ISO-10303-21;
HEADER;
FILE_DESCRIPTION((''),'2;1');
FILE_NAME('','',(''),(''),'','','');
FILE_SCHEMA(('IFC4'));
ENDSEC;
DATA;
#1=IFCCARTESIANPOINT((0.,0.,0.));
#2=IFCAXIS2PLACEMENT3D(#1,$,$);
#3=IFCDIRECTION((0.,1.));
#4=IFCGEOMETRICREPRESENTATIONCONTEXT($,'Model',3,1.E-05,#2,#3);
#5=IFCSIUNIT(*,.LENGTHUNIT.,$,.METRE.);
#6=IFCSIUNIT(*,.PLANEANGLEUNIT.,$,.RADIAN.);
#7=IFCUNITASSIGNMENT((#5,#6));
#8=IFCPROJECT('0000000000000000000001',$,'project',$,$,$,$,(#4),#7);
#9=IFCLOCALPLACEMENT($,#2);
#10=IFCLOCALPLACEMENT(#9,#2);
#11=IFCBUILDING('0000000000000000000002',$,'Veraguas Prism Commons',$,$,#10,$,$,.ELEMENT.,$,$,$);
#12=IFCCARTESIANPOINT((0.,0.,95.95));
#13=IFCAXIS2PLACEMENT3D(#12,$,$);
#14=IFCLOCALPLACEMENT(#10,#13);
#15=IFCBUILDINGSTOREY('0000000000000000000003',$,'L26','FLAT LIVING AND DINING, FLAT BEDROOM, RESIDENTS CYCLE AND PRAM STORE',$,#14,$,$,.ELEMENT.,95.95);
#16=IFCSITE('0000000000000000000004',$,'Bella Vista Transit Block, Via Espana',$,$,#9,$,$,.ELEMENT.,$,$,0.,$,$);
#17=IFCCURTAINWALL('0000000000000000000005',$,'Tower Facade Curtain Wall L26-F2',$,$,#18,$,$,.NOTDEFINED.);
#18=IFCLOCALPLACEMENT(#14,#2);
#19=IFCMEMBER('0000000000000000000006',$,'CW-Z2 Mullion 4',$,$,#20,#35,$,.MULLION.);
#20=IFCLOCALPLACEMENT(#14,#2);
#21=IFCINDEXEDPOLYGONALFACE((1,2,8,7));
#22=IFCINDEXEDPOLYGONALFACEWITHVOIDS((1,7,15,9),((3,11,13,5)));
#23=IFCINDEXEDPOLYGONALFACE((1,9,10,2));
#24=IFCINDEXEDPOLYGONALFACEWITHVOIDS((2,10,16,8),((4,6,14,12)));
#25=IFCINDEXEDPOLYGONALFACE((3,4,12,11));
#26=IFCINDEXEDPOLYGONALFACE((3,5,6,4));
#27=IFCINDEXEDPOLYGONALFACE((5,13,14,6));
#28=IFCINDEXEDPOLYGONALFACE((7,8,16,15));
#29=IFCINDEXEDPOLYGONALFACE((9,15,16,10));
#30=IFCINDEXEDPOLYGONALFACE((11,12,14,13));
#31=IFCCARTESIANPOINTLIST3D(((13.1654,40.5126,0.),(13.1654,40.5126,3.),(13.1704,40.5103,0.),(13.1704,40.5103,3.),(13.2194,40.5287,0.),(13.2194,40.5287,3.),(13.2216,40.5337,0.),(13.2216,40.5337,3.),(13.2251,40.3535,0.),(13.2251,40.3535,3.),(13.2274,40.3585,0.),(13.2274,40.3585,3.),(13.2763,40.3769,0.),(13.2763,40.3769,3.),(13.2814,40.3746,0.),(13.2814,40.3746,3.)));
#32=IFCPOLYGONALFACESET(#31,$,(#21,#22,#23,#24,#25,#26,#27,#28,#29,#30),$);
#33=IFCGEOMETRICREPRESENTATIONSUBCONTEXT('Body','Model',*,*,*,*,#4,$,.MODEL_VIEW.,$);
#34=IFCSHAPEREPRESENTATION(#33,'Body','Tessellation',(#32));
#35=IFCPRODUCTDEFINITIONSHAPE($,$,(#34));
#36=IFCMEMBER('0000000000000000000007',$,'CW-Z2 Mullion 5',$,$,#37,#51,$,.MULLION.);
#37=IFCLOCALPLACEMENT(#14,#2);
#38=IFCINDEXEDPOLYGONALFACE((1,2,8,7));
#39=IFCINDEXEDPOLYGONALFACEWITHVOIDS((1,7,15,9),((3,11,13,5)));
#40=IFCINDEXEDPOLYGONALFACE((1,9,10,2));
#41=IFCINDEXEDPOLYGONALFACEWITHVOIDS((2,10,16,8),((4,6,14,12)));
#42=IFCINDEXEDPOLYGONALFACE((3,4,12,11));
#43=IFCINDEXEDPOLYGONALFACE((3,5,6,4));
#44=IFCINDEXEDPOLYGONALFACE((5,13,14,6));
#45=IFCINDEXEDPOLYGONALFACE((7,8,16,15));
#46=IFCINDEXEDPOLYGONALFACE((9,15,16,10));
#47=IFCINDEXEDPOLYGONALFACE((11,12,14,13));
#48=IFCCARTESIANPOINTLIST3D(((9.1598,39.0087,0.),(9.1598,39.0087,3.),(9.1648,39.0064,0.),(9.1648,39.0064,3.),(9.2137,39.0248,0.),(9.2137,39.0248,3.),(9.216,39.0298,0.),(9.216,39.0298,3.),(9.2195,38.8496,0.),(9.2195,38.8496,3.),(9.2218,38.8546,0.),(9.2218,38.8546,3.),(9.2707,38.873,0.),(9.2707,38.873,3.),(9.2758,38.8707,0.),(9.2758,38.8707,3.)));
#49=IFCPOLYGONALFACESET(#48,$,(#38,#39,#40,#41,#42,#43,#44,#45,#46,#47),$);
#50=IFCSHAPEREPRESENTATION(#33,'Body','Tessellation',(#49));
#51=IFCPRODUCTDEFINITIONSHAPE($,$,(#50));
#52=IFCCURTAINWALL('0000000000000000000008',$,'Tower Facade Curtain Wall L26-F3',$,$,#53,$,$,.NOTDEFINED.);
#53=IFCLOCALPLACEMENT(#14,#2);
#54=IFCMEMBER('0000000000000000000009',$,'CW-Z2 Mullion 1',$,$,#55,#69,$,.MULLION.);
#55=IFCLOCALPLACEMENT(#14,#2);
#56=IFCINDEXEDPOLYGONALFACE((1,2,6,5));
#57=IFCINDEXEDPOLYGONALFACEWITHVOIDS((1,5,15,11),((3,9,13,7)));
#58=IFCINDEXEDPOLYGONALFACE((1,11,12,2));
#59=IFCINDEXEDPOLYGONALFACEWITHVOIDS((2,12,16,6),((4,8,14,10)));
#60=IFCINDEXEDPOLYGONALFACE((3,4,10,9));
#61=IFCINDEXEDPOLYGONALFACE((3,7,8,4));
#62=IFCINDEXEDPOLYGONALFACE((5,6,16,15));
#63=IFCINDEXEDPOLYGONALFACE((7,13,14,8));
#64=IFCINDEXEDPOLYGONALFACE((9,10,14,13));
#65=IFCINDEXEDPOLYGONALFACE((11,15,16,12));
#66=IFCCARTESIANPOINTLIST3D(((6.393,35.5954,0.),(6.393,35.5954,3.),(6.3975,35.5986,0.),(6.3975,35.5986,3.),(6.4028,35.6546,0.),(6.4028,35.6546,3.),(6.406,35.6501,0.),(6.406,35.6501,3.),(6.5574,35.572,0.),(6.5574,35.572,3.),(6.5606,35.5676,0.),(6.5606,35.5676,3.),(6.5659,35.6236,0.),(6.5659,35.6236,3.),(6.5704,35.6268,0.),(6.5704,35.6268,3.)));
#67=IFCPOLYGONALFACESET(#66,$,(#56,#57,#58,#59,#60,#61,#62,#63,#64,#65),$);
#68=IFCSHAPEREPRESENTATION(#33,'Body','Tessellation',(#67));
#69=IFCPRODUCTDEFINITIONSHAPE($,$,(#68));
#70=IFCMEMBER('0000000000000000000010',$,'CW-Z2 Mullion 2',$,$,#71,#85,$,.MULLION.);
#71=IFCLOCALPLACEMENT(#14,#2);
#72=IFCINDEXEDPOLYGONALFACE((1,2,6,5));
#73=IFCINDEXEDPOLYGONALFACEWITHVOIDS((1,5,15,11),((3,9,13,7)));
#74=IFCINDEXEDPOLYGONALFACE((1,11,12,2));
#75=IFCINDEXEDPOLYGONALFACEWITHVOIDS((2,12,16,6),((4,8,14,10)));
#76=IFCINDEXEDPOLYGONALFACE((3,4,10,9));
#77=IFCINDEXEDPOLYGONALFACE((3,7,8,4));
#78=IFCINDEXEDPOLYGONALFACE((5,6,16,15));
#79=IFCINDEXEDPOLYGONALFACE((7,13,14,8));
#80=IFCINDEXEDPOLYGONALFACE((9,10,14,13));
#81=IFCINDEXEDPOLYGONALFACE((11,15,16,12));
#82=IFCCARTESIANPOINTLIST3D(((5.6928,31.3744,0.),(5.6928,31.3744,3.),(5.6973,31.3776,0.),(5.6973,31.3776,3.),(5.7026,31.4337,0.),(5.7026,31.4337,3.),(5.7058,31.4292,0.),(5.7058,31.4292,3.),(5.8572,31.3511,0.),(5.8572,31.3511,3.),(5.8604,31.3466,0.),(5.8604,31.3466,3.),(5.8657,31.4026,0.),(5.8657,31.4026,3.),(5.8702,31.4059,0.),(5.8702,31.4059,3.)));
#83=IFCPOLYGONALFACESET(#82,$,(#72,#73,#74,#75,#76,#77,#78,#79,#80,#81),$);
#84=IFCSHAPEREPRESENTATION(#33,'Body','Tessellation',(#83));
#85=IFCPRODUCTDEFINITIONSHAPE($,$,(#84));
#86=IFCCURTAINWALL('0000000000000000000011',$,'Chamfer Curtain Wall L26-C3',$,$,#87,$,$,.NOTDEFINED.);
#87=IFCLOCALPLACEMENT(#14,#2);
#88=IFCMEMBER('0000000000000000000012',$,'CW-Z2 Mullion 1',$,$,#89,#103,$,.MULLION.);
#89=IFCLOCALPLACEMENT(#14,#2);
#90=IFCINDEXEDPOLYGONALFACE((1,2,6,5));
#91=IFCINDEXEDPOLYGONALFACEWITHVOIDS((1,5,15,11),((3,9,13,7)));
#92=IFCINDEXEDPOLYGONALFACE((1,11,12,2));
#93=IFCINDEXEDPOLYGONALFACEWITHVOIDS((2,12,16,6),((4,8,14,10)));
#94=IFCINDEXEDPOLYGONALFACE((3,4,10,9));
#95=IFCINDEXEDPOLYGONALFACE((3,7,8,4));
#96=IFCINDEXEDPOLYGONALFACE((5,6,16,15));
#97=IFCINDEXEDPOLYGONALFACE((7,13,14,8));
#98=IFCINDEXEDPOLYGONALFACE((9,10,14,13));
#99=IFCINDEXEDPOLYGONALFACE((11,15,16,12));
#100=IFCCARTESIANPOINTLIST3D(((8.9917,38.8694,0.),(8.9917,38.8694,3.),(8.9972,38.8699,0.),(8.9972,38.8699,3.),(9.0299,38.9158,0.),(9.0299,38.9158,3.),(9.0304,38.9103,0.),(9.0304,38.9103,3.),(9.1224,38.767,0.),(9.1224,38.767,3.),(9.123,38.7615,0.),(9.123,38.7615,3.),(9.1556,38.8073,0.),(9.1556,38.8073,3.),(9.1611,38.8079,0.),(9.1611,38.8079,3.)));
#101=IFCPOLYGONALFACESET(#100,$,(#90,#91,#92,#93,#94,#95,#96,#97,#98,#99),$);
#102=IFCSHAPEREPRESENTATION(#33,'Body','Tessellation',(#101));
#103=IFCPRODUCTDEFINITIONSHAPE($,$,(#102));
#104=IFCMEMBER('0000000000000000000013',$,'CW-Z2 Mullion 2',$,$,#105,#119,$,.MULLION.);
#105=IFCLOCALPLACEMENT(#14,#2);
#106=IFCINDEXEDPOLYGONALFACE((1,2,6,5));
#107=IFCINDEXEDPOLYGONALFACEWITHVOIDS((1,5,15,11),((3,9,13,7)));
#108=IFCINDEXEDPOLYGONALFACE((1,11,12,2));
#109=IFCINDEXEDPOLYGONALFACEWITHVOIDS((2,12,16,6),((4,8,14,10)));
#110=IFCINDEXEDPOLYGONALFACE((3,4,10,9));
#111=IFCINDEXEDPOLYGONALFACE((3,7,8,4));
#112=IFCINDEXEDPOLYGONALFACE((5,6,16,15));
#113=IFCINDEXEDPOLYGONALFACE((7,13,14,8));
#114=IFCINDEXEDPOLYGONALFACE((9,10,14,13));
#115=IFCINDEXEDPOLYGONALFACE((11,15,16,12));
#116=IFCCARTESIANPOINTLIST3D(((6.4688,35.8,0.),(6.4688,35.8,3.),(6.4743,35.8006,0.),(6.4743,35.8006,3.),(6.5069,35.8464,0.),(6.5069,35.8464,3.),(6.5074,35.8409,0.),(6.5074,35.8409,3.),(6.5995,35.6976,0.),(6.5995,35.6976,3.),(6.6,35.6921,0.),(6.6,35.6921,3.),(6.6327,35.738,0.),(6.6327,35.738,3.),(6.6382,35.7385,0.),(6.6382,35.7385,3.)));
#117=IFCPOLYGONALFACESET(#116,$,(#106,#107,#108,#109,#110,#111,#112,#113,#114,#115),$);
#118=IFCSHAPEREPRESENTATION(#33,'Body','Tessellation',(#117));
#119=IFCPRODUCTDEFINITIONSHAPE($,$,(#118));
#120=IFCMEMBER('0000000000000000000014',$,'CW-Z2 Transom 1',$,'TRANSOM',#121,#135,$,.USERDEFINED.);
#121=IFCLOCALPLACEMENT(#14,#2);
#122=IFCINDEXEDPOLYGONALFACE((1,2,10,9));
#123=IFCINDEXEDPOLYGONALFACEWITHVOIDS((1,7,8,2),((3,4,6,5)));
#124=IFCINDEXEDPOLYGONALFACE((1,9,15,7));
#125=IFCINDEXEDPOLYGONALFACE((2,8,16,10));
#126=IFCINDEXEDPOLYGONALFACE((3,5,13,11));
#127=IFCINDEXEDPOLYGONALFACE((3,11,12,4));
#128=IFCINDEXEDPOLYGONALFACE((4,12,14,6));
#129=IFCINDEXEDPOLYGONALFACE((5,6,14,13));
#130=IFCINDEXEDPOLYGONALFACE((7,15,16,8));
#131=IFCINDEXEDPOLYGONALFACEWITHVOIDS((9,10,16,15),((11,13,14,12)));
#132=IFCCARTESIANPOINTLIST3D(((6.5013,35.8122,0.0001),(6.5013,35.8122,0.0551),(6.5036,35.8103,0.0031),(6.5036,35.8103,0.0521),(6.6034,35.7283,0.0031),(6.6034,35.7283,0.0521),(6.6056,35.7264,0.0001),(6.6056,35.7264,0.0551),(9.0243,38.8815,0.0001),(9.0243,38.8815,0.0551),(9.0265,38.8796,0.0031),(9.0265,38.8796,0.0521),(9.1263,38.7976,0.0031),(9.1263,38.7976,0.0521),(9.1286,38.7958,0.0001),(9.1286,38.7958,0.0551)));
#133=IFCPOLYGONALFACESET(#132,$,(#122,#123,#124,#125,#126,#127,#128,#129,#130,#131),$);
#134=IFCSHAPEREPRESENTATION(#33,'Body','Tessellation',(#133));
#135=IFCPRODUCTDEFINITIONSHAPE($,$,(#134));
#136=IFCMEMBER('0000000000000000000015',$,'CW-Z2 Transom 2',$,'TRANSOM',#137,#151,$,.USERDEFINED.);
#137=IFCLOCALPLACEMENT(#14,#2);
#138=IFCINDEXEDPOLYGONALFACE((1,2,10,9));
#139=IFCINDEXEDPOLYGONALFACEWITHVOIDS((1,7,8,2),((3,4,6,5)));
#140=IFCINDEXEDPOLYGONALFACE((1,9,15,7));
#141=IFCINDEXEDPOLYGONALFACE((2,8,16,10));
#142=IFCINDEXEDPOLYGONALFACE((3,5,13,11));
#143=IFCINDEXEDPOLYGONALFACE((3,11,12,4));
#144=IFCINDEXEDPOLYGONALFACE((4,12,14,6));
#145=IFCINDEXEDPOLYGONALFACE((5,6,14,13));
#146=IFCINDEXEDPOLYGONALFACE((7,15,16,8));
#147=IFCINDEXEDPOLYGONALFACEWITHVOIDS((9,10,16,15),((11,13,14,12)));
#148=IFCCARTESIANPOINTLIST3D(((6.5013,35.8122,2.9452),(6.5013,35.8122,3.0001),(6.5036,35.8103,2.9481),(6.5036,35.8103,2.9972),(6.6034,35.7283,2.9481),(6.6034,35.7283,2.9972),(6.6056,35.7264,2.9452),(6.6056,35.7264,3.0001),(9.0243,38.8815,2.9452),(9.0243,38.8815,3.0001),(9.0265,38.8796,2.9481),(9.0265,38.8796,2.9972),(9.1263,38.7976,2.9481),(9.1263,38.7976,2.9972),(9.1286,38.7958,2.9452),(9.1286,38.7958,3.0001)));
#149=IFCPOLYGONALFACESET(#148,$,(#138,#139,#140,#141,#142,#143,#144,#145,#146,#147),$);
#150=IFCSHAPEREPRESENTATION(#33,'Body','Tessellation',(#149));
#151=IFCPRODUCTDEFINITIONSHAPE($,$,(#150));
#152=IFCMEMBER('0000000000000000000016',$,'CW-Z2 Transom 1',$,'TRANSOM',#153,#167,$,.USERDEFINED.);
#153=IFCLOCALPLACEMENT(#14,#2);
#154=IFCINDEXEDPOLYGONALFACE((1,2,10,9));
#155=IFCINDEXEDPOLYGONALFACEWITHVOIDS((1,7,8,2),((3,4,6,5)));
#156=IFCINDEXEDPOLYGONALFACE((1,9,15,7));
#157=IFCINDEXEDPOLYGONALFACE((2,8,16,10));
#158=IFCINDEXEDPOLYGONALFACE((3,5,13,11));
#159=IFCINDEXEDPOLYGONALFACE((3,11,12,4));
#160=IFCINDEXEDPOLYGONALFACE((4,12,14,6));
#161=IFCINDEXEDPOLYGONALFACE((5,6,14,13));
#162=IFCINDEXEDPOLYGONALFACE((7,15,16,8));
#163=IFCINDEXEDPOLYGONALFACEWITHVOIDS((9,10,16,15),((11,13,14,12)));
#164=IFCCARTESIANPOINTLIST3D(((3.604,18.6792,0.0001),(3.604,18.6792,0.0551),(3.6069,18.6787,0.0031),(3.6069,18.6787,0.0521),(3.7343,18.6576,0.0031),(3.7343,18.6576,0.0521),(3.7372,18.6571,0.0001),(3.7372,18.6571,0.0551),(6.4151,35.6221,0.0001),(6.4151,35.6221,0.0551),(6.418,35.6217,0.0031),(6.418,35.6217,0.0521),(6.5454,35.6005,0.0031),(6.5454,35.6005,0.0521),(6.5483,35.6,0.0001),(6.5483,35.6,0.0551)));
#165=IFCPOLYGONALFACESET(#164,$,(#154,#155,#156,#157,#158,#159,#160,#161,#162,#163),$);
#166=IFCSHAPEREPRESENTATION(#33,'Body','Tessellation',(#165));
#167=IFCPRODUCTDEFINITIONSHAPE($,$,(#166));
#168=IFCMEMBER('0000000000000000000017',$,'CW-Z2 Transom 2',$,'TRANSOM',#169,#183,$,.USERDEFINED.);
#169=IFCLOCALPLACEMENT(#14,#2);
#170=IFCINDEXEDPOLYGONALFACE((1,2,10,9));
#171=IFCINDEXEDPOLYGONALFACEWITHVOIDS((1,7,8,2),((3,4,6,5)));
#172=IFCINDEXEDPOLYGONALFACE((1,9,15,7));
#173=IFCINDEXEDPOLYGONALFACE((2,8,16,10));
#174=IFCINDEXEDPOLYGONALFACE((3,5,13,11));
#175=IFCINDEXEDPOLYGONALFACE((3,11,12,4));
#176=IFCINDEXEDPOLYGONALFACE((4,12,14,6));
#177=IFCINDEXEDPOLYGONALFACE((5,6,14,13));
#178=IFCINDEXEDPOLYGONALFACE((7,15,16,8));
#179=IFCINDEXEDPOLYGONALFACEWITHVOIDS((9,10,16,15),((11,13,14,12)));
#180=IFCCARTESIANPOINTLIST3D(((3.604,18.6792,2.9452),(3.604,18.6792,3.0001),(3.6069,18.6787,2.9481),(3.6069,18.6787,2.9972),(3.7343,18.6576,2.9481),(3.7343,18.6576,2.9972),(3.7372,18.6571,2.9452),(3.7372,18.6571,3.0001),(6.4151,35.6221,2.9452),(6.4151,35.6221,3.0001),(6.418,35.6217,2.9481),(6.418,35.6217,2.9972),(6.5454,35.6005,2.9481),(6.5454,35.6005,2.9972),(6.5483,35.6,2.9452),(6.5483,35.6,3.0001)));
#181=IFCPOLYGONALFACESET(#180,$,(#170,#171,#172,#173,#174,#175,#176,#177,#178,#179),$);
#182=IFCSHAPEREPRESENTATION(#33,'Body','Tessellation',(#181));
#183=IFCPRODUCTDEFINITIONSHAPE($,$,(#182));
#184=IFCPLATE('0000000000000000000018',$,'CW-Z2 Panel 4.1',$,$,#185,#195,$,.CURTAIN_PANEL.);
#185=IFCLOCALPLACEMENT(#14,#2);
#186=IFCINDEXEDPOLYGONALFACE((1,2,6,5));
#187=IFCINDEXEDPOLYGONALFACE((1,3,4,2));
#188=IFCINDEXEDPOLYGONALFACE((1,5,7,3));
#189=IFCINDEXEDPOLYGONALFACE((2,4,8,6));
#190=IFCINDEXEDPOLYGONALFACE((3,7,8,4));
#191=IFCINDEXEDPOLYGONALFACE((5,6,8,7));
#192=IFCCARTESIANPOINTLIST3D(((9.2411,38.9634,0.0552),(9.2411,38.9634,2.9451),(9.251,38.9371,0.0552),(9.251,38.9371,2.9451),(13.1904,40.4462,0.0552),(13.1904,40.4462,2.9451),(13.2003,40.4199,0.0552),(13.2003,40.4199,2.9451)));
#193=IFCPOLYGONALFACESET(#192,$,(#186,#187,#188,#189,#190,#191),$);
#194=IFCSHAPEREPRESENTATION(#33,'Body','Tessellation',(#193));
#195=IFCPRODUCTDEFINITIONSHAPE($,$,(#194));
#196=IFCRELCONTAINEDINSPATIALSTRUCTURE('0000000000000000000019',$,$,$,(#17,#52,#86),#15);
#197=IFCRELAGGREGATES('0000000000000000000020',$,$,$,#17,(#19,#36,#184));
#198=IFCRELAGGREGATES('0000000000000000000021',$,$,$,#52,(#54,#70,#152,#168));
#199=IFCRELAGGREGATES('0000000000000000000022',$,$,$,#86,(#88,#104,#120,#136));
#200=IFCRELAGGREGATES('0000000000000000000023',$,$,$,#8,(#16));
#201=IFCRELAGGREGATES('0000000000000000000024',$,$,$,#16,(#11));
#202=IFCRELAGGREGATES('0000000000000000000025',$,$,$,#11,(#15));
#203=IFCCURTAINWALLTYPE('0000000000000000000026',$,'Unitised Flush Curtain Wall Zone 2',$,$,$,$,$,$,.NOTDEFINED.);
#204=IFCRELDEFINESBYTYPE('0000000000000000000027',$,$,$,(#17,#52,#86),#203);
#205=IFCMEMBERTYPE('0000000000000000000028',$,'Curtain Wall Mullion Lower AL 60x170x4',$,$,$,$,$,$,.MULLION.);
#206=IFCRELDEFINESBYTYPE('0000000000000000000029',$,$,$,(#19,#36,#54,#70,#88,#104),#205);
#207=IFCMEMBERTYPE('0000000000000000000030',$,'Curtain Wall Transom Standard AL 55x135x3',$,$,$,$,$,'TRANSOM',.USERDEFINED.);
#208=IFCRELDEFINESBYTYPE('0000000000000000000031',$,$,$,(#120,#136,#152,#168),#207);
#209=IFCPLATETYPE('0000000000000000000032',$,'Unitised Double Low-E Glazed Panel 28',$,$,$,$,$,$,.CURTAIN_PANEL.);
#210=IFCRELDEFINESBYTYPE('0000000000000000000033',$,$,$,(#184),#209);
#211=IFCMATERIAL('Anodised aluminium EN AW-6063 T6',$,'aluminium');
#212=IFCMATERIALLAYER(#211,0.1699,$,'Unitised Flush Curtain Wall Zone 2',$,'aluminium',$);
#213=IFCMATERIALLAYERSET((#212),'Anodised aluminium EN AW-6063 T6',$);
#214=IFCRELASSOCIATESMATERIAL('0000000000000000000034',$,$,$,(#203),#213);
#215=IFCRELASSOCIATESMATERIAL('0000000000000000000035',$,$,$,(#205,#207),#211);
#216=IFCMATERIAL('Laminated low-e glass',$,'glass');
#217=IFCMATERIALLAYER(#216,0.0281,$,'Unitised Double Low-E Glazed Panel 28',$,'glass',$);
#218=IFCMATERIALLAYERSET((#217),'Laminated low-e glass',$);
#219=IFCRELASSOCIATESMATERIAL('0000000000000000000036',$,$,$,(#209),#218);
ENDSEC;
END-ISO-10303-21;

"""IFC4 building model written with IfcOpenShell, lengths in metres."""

from ifc_helpers import new_model, si_unit, direction, frame, origin, origin_2d, place, context, subcontext, project, spatial, rectangle, hollow_rectangle, extrude, source, transform, mapped, material, layer, layer_set, material_profile, profile_set, type_object, element, aggregate, save


model = new_model("IFC4")

# Units and contexts
model_context = context("Model", 3, precision=1e-05, world=origin(), true_north=direction((0.0, 1.0)))
body_context = subcontext(model_context, "Body", "Model", "MODEL_VIEW")
ifc_project = project(units=[si_unit("LENGTHUNIT", "METRE"), si_unit("PLANEANGLEUNIT", "RADIAN")], contexts=[model_context])

# Site, building, storey
site_placement = place(None, origin())
site = spatial("IfcSite", under=ifc_project, at=site_placement, Name="Bella Vista Transit Block, Via Espana", CompositionType="ELEMENT", RefElevation=0.0)
building_placement = place(site_placement, origin())
building = spatial("IfcBuilding", under=site, at=building_placement, Name="Veraguas Prism Commons", CompositionType="ELEMENT")
storey_placement = place(building_placement, frame((0.0, 0.0, 95.95)))
storey = spatial("IfcBuildingStorey", under=building, at=storey_placement, Name="L26", Description="FLAT LIVING AND DINING, FLAT BEDROOM, RESIDENTS CYCLE AND PRAM STORE", CompositionType="ELEMENT", Elevation=95.95)

# Curtain walls, members
ifc_material_1 = material(Name="Anodised aluminium EN AW-6063 T6", Category="aluminium")
ifc_layer_1 = layer(ifc_material_1, 0.1699, Name="Unitised Flush Curtain Wall Zone 2", Category="aluminium")
ifc_layer_set_1 = layer_set([ifc_layer_1], Name="Anodised aluminium EN AW-6063 T6")
curtain_wall_type = type_object("IfcCurtainWallType", Name="Unitised Flush Curtain Wall Zone 2", PredefinedType="NOTDEFINED", material=ifc_layer_set_1)
curtain_wall_1_placement = place(storey_placement, origin())
curtain_wall_1 = element("IfcCurtainWall", 1, at=curtain_wall_1_placement, inside=storey, type_object=curtain_wall_type, Name="Tower Facade Curtain Wall L26-F2", PredefinedType="NOTDEFINED")
ifc_material_profile_1 = material_profile(ifc_material_1, hollow_rectangle(XDim=0.0601, YDim=0.1699, WallThickness=0.0039, at=origin_2d()), Name="AL60X170X4")
ifc_profile_set_1 = profile_set([ifc_material_profile_1], Name="Anodised aluminium EN AW-6063 T6")
member_type_1 = type_object("IfcMemberType", Name="Curtain Wall Mullion Lower AL 60x170x4", PredefinedType="MULLION", material=ifc_profile_set_1)
shared_shape_1 = source(origin(), body_context, "Body", "SweptSolid", [
    extrude(hollow_rectangle(XDim=0.0601, YDim=0.1699, WallThickness=0.0039, at=origin_2d()), origin(), (0.0, 0.0, 1.0), 3.0),
])
member_1_placement = place(storey_placement, frame((13.2234, 40.4436, 0.0), z_axis=(0.0, 0.0, 1.0), x_axis=(-0.936183, -0.351513, 0.0)))
member_1 = element("IfcMember", 2, at=member_1_placement, type_object=member_type_1, Name="CW-Z2 Mullion 4", PredefinedType="MULLION", context=body_context, shape_type="MappedRepresentation", body=[
    mapped(shared_shape_1, transform((0.0, 0.0, 0.0), scale=1.0)),
])
member_2_placement = place(storey_placement, frame((9.2178, 38.9397, 0.0), z_axis=(0.0, 0.0, 1.0), x_axis=(-0.936183, -0.351513, 0.0)))
member_2 = element("IfcMember", 3, at=member_2_placement, type_object=member_type_1, Name="CW-Z2 Mullion 5", PredefinedType="MULLION", context=body_context, shape_type="MappedRepresentation", body=[
    mapped(shared_shape_1, transform((0.0, 0.0, 0.0), scale=1.0)),
])
curtain_wall_2_placement = place(storey_placement, origin())
curtain_wall_2 = element("IfcCurtainWall", 4, at=curtain_wall_2_placement, inside=storey, type_object=curtain_wall_type, Name="Tower Facade Curtain Wall L26-F3", PredefinedType="NOTDEFINED")
member_3_placement = place(storey_placement, frame((6.4817, 35.6111, 0.0), z_axis=(0.0, 0.0, 1.0), x_axis=(-0.163672, -0.986515, 0.0)))
member_3 = element("IfcMember", 5, at=member_3_placement, type_object=member_type_1, Name="CW-Z2 Mullion 1", PredefinedType="MULLION", context=body_context, shape_type="MappedRepresentation", body=[
    mapped(shared_shape_1, transform((0.0, 0.0, 0.0), scale=1.0)),
])
member_4_placement = place(storey_placement, frame((5.7815, 31.3901, 0.0), z_axis=(0.0, 0.0, 1.0), x_axis=(-0.163672, -0.986515, 0.0)))
member_4 = element("IfcMember", 6, at=member_4_placement, type_object=member_type_1, Name="CW-Z2 Mullion 2", PredefinedType="MULLION", context=body_context, shape_type="MappedRepresentation", body=[
    mapped(shared_shape_1, transform((0.0, 0.0, 0.0), scale=1.0)),
])
curtain_wall_3_placement = place(storey_placement, origin())
curtain_wall_3 = element("IfcCurtainWall", 7, at=curtain_wall_3_placement, inside=storey, type_object=curtain_wall_type, Name="Chamfer Curtain Wall L26-C3", PredefinedType="NOTDEFINED")
member_5_placement = place(storey_placement, frame((9.0764, 38.8386, 0.0), z_axis=(0.0, 0.0, 1.0), x_axis=(-0.635012, -0.772502, 0.0)))
member_5 = element("IfcMember", 8, at=member_5_placement, type_object=member_type_1, Name="CW-Z2 Mullion 1", PredefinedType="MULLION", context=body_context, shape_type="MappedRepresentation", body=[
    mapped(shared_shape_1, transform((0.0, 0.0, 0.0), scale=1.0)),
])
member_6_placement = place(storey_placement, frame((6.5535, 35.7693, 0.0), z_axis=(0.0, 0.0, 1.0), x_axis=(-0.635012, -0.772502, 0.0)))
member_6 = element("IfcMember", 9, at=member_6_placement, type_object=member_type_1, Name="CW-Z2 Mullion 2", PredefinedType="MULLION", context=body_context, shape_type="MappedRepresentation", body=[
    mapped(shared_shape_1, transform((0.0, 0.0, 0.0), scale=1.0)),
])
ifc_material_profile_2 = material_profile(ifc_material_1, hollow_rectangle(XDim=0.0549, YDim=0.135, WallThickness=0.0029, at=origin_2d()), Name="AL55X135X3")
ifc_profile_set_2 = profile_set([ifc_material_profile_2], Name="Anodised aluminium EN AW-6063 T6")
member_type_2 = type_object("IfcMemberType", Name="Curtain Wall Transom Standard AL 55x135x3", ElementType="TRANSOM", PredefinedType="USERDEFINED", material=ifc_profile_set_2)
shared_shape_2 = source(origin(), body_context, "Body", "SweptSolid", [
    extrude(hollow_rectangle(XDim=0.0549, YDim=0.135, WallThickness=0.0029, at=origin_2d()), origin(), (0.0, 0.0, 1.0), 3.9731),
])
member_7_placement = place(storey_placement, frame((9.0764, 38.8386, 0.0276), z_axis=(-0.634996, -0.772515, 0.0), x_axis=(0.0, 0.0, 1.0)))
member_7 = element("IfcMember", 10, at=member_7_placement, type_object=member_type_2, Name="CW-Z2 Transom 1", ObjectType="TRANSOM", PredefinedType="USERDEFINED", context=body_context, shape_type="MappedRepresentation", body=[
    mapped(shared_shape_2, transform((0.0, 0.0, 0.0), scale=1.0)),
])
member_8_placement = place(storey_placement, frame((9.0764, 38.8386, 2.9727), z_axis=(-0.634996, -0.772515, 0.0), x_axis=(0.0, 0.0, 1.0)))
member_8 = element("IfcMember", 11, at=member_8_placement, type_object=member_type_2, Name="CW-Z2 Transom 2", ObjectType="TRANSOM", PredefinedType="USERDEFINED", context=body_context, shape_type="MappedRepresentation", body=[
    mapped(shared_shape_2, transform((0.0, 0.0, 0.0), scale=1.0)),
])

# Members
shared_shape_3 = source(origin(), body_context, "Body", "SweptSolid", [
    extrude(hollow_rectangle(XDim=0.0549, YDim=0.135, WallThickness=0.0029, at=origin_2d()), origin(), (0.0, 0.0, 1.0), 17.1746),
])
member_9_placement = place(storey_placement, frame((6.4817, 35.6111, 0.0276), z_axis=(-0.163675, -0.986514, 0.0), x_axis=(0.0, 0.0, 1.0)))
member_9 = element("IfcMember", 12, at=member_9_placement, type_object=member_type_2, Name="CW-Z2 Transom 1", ObjectType="TRANSOM", PredefinedType="USERDEFINED", context=body_context, shape_type="MappedRepresentation", body=[
    mapped(shared_shape_3, transform((0.0, 0.0, 0.0), scale=1.0)),
])
member_10_placement = place(storey_placement, frame((6.4817, 35.6111, 2.9727), z_axis=(-0.163675, -0.986514, 0.0), x_axis=(0.0, 0.0, 1.0)))
member_10 = element("IfcMember", 13, at=member_10_placement, type_object=member_type_2, Name="CW-Z2 Transom 2", ObjectType="TRANSOM", PredefinedType="USERDEFINED", context=body_context, shape_type="MappedRepresentation", body=[
    mapped(shared_shape_3, transform((0.0, 0.0, 0.0), scale=1.0)),
])

# Plate
ifc_material_2 = material(Name="Laminated low-e glass", Category="glass")
ifc_layer_2 = layer(ifc_material_2, 0.0281, Name="Unitised Double Low-E Glazed Panel 28", Category="glass")
ifc_layer_set_2 = layer_set([ifc_layer_2], Name="Laminated low-e glass")
plate_type = type_object("IfcPlateType", Name="Unitised Double Low-E Glazed Panel 28", PredefinedType="CURTAIN_PANEL", material=ifc_layer_set_2)
shared_shape_4 = source(origin(), body_context, "Body", "SweptSolid", [
    extrude(rectangle(XDim=4.2185, YDim=0.0281, at=origin_2d()), origin(), (0.0, 0.0, 1.0), 2.8899),
])
plate_1_placement = place(storey_placement, frame((11.2207, 39.6917, 0.0552), z_axis=(0.0, 0.0, 1.0), x_axis=(-0.936183, -0.351513, 0.0)))
plate_1 = element("IfcPlate", 14, at=plate_1_placement, type_object=plate_type, Name="CW-Z2 Panel 4.1", PredefinedType="CURTAIN_PANEL", context=body_context, shape_type="MappedRepresentation", body=[
    mapped(shared_shape_4, transform((0.0, 0.0, 0.0), scale=1.0)),
])
aggregate(curtain_wall_1, [member_1, member_2, plate_1])
aggregate(curtain_wall_2, [member_3, member_4, member_9, member_10])
aggregate(curtain_wall_3, [member_5, member_6, member_7, member_8])

save(model, "model.ifc")
